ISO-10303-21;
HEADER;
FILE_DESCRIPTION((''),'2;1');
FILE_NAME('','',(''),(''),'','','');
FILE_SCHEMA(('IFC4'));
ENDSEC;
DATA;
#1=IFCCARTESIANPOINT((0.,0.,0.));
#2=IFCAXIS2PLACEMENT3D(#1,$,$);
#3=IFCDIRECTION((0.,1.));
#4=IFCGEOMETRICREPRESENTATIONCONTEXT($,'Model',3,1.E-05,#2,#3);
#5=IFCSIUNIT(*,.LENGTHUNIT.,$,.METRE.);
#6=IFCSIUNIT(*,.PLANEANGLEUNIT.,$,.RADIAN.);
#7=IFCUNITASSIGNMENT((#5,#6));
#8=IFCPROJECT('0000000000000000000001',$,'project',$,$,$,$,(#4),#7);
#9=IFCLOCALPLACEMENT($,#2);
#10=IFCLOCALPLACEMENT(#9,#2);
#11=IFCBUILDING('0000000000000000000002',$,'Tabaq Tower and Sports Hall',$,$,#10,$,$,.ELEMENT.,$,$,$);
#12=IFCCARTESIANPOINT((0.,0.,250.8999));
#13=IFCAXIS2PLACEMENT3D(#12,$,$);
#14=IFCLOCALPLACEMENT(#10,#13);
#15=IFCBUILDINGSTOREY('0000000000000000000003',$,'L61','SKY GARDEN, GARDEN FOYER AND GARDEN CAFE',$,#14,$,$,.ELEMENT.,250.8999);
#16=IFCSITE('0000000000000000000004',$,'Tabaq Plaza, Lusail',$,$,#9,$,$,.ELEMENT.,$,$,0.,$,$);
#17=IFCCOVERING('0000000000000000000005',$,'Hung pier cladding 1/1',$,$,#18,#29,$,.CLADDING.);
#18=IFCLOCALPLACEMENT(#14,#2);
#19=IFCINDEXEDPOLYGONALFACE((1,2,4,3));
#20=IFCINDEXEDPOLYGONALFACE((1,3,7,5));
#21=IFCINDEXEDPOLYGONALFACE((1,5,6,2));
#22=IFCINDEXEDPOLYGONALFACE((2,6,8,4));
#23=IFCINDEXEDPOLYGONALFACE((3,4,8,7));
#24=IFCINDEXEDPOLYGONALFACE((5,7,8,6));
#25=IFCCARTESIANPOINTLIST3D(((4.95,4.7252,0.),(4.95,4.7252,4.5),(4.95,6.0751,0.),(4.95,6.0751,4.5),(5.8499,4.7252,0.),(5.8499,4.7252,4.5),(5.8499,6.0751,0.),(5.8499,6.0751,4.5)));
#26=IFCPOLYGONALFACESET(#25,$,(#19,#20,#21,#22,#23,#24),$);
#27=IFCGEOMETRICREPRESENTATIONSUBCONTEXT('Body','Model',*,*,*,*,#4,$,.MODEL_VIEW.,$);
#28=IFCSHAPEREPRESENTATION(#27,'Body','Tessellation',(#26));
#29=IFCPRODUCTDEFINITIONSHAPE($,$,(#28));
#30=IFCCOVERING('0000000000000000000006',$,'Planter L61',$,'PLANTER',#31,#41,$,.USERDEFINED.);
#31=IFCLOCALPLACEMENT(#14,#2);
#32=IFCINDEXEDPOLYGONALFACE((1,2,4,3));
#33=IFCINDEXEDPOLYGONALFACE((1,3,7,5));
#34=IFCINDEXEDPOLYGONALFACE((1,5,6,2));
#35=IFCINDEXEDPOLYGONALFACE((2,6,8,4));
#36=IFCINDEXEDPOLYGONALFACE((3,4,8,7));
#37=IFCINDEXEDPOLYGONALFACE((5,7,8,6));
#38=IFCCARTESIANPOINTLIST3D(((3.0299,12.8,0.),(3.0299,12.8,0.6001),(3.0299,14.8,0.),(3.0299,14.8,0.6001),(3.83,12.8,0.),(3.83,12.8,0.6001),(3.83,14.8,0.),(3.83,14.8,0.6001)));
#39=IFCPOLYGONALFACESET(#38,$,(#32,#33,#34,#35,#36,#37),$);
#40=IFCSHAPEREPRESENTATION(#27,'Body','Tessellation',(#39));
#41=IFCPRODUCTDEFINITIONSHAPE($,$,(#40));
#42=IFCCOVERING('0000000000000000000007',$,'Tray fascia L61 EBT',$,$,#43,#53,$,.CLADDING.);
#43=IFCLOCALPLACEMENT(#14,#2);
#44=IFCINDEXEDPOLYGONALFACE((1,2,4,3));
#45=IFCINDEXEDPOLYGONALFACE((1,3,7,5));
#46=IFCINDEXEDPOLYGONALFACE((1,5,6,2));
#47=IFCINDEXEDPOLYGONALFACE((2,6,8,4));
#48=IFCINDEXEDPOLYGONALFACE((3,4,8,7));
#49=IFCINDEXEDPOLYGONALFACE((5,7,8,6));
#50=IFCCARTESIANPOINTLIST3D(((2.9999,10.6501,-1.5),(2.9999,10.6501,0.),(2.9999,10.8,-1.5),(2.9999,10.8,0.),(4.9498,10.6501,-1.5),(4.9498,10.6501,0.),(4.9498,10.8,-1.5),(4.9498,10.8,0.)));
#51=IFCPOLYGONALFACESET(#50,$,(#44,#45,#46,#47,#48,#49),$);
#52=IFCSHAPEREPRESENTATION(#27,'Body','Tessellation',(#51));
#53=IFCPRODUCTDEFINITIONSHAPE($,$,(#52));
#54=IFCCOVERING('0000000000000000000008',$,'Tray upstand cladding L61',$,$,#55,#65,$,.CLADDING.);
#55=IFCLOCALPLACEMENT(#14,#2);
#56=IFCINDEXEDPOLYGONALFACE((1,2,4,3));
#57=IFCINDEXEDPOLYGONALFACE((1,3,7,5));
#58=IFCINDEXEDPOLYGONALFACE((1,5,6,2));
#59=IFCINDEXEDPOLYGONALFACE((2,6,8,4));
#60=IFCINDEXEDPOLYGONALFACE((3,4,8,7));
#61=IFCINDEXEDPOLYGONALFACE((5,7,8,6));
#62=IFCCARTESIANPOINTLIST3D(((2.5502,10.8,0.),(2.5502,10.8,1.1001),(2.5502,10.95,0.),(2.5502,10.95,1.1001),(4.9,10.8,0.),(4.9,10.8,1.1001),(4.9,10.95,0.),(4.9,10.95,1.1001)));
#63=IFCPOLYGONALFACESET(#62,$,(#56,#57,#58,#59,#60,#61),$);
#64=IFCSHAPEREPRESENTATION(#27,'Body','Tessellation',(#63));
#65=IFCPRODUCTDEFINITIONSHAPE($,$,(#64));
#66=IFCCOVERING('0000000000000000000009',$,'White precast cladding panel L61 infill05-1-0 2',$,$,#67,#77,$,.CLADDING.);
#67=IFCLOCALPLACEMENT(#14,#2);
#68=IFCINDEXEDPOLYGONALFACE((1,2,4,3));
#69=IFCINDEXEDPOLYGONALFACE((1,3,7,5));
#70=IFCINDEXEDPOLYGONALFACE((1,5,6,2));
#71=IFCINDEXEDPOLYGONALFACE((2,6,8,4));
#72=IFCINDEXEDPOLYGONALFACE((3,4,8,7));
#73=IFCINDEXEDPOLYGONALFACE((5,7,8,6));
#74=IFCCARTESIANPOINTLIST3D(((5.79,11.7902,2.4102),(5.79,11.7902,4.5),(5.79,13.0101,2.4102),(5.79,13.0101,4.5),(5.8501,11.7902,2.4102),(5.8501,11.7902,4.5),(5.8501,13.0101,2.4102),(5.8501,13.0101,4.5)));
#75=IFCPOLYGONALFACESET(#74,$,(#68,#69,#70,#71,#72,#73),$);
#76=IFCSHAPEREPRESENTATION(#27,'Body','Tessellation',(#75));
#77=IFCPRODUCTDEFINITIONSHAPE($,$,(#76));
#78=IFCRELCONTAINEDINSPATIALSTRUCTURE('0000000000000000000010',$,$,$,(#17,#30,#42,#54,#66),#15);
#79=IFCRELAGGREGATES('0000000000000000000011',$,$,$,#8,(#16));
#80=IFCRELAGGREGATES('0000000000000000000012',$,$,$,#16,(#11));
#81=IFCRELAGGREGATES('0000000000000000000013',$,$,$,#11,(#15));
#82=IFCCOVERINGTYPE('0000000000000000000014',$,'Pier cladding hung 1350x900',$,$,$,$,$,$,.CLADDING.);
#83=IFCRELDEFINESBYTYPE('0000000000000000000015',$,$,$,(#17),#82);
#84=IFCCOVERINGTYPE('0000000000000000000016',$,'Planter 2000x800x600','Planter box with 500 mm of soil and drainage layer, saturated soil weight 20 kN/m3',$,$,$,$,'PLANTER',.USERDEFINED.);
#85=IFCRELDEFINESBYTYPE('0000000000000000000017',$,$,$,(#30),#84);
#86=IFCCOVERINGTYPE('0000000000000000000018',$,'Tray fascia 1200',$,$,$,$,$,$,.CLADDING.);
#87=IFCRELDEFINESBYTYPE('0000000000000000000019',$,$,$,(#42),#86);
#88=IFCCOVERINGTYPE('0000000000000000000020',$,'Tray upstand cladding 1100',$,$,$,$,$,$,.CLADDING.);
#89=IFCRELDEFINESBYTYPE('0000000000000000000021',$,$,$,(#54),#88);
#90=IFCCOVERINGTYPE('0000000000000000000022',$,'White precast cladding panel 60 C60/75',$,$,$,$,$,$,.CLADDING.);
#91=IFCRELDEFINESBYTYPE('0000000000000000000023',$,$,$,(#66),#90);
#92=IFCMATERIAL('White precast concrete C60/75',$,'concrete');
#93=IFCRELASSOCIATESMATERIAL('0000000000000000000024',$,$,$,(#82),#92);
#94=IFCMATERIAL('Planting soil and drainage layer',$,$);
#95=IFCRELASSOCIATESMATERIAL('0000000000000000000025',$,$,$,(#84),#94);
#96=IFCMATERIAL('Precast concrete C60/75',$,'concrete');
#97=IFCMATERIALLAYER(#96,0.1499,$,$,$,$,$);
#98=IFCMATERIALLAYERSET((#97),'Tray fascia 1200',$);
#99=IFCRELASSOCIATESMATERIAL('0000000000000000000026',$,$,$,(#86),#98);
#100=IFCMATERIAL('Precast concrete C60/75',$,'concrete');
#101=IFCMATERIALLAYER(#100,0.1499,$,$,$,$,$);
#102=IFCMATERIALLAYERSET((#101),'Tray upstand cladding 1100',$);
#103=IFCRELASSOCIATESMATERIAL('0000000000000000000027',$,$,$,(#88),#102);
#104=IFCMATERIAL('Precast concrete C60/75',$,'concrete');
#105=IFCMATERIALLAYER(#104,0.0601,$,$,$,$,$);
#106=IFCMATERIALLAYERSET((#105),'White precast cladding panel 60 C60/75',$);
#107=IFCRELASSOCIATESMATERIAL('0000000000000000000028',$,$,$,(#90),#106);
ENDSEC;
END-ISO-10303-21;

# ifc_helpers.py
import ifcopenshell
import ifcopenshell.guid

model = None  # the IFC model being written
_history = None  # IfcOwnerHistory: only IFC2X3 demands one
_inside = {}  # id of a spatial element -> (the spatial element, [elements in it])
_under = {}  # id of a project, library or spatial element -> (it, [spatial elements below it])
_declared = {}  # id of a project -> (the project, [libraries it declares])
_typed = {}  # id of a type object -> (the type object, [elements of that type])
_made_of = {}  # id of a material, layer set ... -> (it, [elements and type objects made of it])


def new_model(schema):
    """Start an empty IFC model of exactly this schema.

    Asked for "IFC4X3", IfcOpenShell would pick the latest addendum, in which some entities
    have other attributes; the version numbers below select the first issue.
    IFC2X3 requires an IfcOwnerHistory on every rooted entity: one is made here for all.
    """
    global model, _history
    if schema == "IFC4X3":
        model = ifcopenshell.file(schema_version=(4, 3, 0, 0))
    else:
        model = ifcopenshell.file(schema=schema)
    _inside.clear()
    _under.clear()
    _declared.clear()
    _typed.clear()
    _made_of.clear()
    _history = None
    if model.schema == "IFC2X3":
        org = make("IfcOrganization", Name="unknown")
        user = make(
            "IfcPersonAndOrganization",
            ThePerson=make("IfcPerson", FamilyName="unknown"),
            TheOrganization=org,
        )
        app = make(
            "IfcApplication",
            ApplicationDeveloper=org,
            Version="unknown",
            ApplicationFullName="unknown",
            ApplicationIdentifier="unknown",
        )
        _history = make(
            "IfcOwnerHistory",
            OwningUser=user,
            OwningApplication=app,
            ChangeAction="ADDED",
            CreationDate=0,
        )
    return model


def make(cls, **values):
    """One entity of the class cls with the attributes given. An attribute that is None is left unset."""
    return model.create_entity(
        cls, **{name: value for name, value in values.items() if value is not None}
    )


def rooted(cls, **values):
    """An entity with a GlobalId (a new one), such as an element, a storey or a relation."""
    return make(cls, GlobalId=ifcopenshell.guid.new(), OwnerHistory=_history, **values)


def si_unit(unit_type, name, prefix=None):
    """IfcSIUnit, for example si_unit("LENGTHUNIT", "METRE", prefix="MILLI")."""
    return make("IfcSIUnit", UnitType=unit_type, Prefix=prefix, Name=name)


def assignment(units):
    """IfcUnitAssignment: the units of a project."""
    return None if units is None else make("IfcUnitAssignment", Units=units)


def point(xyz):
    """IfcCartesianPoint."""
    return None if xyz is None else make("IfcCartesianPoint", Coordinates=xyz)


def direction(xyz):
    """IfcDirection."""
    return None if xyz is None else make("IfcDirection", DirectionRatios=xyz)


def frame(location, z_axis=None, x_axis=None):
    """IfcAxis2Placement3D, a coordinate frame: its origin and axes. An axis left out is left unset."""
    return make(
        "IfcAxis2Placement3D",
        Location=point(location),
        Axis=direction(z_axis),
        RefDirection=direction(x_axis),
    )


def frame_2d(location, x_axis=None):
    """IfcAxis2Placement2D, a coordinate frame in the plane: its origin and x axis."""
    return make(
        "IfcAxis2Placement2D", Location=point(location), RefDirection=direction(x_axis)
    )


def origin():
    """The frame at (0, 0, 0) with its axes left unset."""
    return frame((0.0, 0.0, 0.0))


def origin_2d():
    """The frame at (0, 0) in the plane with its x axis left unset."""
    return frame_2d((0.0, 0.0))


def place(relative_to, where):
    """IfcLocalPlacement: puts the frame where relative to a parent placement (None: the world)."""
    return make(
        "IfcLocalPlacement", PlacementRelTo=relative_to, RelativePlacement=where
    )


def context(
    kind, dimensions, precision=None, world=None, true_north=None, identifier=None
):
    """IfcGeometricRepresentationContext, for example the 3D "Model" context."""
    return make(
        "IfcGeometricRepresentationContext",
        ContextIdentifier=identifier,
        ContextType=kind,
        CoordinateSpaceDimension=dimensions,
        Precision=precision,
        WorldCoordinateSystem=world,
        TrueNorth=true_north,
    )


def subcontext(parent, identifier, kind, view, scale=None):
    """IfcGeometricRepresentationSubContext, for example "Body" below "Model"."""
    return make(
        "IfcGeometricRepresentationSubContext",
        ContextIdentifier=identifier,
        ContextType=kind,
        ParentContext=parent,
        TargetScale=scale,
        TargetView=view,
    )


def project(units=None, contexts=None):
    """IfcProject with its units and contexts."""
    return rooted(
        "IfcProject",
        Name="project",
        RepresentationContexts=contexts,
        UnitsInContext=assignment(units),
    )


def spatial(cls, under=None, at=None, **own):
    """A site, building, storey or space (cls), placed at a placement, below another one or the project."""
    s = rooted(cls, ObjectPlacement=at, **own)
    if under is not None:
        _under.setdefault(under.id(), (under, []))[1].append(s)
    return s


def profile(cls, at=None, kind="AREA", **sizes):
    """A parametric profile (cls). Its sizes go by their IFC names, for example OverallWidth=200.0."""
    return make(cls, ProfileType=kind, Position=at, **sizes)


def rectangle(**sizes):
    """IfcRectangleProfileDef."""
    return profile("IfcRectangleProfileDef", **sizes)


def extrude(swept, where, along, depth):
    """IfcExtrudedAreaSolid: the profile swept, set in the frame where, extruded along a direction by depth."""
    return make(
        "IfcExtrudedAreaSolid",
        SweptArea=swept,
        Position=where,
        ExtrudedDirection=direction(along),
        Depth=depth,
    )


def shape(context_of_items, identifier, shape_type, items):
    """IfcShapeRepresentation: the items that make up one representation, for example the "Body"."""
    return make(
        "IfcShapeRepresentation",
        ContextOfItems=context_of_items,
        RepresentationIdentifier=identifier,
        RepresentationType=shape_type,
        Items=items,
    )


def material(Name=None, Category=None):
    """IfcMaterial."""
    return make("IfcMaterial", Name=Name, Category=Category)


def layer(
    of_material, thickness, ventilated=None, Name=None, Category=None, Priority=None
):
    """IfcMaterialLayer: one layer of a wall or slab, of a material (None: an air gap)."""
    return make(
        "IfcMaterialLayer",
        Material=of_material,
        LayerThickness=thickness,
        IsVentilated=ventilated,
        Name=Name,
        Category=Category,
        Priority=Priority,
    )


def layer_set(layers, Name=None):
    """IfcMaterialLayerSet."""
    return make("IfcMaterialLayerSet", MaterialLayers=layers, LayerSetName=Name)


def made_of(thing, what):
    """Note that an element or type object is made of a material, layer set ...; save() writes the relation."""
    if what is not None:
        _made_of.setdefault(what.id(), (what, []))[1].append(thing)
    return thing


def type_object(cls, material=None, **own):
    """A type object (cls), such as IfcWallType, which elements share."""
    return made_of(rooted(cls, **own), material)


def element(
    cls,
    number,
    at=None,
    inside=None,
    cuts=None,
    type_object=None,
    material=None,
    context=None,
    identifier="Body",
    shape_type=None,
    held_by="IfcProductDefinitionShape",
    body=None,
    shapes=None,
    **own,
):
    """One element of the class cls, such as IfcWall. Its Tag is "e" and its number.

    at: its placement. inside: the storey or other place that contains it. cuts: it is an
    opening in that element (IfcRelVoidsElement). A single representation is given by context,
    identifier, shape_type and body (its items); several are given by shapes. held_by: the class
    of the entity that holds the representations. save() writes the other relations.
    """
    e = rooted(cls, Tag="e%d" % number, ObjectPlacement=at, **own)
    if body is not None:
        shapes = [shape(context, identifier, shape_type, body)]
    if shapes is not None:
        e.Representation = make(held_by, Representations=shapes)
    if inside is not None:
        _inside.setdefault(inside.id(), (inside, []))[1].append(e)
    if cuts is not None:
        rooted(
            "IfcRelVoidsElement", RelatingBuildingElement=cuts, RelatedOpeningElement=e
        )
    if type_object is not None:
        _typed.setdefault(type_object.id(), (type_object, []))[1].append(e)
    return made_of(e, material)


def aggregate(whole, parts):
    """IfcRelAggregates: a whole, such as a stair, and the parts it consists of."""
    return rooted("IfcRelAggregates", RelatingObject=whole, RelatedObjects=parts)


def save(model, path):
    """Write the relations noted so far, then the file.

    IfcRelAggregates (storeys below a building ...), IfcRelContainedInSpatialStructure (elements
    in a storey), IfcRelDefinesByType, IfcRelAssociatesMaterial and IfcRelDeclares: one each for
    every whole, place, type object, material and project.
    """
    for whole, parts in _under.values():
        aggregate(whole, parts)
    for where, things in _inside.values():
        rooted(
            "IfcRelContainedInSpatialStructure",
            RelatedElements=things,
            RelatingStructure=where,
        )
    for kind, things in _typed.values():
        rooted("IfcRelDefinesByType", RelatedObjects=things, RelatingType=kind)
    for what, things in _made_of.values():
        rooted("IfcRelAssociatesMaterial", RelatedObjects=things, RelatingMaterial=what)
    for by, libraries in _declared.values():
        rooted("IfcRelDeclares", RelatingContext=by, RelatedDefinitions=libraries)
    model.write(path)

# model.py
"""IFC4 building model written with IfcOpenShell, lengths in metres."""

from ifc_helpers import new_model, si_unit, direction, frame, frame_2d, origin, origin_2d, place, context, subcontext, project, spatial, rectangle, extrude, material, layer, layer_set, type_object, element, save


model = new_model("IFC4")

# Units and contexts
model_context = context("Model", 3, precision=1e-05, world=origin(), true_north=direction((0.0, 1.0)))
body_context = subcontext(model_context, "Body", "Model", "MODEL_VIEW")
ifc_project = project(units=[si_unit("LENGTHUNIT", "METRE"), si_unit("PLANEANGLEUNIT", "RADIAN")], contexts=[model_context])

# Site, building, storey
site_placement = place(None, origin())
site = spatial("IfcSite", under=ifc_project, at=site_placement, Name="Tabaq Plaza, Lusail", CompositionType="ELEMENT", RefElevation=0.0)
building_placement = place(site_placement, origin())
building = spatial("IfcBuilding", under=site, at=building_placement, Name="Tabaq Tower and Sports Hall", CompositionType="ELEMENT")
storey_placement = place(building_placement, frame((0.0, 0.0, 250.8999)))
storey = spatial("IfcBuildingStorey", under=building, at=storey_placement, Name="L61", Description="SKY GARDEN, GARDEN FOYER AND GARDEN CAFE", CompositionType="ELEMENT", Elevation=250.8999)

# Coverings
ifc_material_1 = material(Name="White precast concrete C60/75", Category="concrete")
covering_type_1 = type_object("IfcCoveringType", Name="Pier cladding hung 1350x900", PredefinedType="CLADDING", material=ifc_material_1)
covering_1_placement = place(storey_placement, frame((5.3999, 6.075, 0.0), z_axis=(0.0, 0.0, 1.0), x_axis=(0.0, -1.0, 0.0)))
element("IfcCovering", 1, at=covering_1_placement, inside=storey, type_object=covering_type_1, Name="Hung pier cladding 1/1", PredefinedType="CLADDING", context=body_context, shape_type="SweptSolid", body=[
    extrude(rectangle(XDim=1.3499, YDim=0.8999, at=frame_2d((0.6748, 0.0))), origin(), (0.0, 0.0, 1.0), 4.5),
])
ifc_material_2 = material(Name="Planting soil and drainage layer")
covering_type_2 = type_object("IfcCoveringType", Name="Planter 2000x800x600", Description="Planter box with 500 mm of soil and drainage layer, saturated soil weight 20 kN/m3", ElementType="PLANTER", PredefinedType="USERDEFINED", material=ifc_material_2)
covering_2_placement = place(storey_placement, frame((3.4299, 13.8, 0.0), z_axis=(0.0, 0.0, 1.0), x_axis=(0.0, -1.0, 0.0)))
element("IfcCovering", 2, at=covering_2_placement, inside=storey, type_object=covering_type_2, Name="Planter L61", ObjectType="PLANTER", PredefinedType="USERDEFINED", context=body_context, shape_type="SweptSolid", body=[
    extrude(rectangle(XDim=2.0, YDim=0.8, at=origin_2d()), origin(), (0.0, 0.0, 1.0), 0.6001),
])
ifc_material_3 = material(Name="Precast concrete C60/75", Category="concrete")
ifc_layer_1 = layer(ifc_material_3, 0.1499)
ifc_layer_set_1 = layer_set([ifc_layer_1], Name="Tray fascia 1200")
covering_type_3 = type_object("IfcCoveringType", Name="Tray fascia 1200", PredefinedType="CLADDING", material=ifc_layer_set_1)
covering_3_placement = place(storey_placement, frame((4.95, 10.7251, -1.5), z_axis=(0.0, 0.0, 1.0), x_axis=(-1.0, 0.0, 0.0)))
element("IfcCovering", 3, at=covering_3_placement, inside=storey, type_object=covering_type_3, Name="Tray fascia L61 EBT", PredefinedType="CLADDING", context=body_context, shape_type="SweptSolid", body=[
    extrude(rectangle(XDim=1.95, YDim=0.1499, at=frame_2d((0.9751, 0.0))), origin(), (0.0, 0.0, 1.0), 1.5),
])
ifc_material_4 = material(Name="Precast concrete C60/75", Category="concrete")
ifc_layer_2 = layer(ifc_material_4, 0.1499)
ifc_layer_set_2 = layer_set([ifc_layer_2], Name="Tray upstand cladding 1100")
covering_type_4 = type_object("IfcCoveringType", Name="Tray upstand cladding 1100", PredefinedType="CLADDING", material=ifc_layer_set_2)
covering_4_placement = place(storey_placement, frame((4.8999, 10.875, 0.0), z_axis=(0.0, 0.0, 1.0), x_axis=(-1.0, 0.0, 0.0)))
element("IfcCovering", 4, at=covering_4_placement, inside=storey, type_object=covering_type_4, Name="Tray upstand cladding L61", PredefinedType="CLADDING", context=body_context, shape_type="SweptSolid", body=[
    extrude(rectangle(XDim=2.3499, YDim=0.1499, at=frame_2d((1.1748, 0.0))), origin(), (0.0, 0.0, 1.0), 1.1001),
])
ifc_material_5 = material(Name="Precast concrete C60/75", Category="concrete")
ifc_layer_3 = layer(ifc_material_5, 0.0601)
ifc_layer_set_3 = layer_set([ifc_layer_3], Name="White precast cladding panel 60 C60/75")
covering_type_5 = type_object("IfcCoveringType", Name="White precast cladding panel 60 C60/75", PredefinedType="CLADDING", material=ifc_layer_set_3)
covering_5_placement = place(storey_placement, frame((5.8201, 13.01, 2.4102), z_axis=(0.0, 0.0, 1.0), x_axis=(0.0, -1.0, 0.0)))
element("IfcCovering", 5, at=covering_5_placement, inside=storey, type_object=covering_type_5, Name="White precast cladding panel L61 infill05-1-0 2", PredefinedType="CLADDING", context=body_context, shape_type="SweptSolid", body=[
    extrude(rectangle(XDim=1.22, YDim=0.0601, at=frame_2d((0.6099, 0.0))), origin(), (0.0, 0.0, 1.0), 2.0898),
])

save(model, "model.ifc")
